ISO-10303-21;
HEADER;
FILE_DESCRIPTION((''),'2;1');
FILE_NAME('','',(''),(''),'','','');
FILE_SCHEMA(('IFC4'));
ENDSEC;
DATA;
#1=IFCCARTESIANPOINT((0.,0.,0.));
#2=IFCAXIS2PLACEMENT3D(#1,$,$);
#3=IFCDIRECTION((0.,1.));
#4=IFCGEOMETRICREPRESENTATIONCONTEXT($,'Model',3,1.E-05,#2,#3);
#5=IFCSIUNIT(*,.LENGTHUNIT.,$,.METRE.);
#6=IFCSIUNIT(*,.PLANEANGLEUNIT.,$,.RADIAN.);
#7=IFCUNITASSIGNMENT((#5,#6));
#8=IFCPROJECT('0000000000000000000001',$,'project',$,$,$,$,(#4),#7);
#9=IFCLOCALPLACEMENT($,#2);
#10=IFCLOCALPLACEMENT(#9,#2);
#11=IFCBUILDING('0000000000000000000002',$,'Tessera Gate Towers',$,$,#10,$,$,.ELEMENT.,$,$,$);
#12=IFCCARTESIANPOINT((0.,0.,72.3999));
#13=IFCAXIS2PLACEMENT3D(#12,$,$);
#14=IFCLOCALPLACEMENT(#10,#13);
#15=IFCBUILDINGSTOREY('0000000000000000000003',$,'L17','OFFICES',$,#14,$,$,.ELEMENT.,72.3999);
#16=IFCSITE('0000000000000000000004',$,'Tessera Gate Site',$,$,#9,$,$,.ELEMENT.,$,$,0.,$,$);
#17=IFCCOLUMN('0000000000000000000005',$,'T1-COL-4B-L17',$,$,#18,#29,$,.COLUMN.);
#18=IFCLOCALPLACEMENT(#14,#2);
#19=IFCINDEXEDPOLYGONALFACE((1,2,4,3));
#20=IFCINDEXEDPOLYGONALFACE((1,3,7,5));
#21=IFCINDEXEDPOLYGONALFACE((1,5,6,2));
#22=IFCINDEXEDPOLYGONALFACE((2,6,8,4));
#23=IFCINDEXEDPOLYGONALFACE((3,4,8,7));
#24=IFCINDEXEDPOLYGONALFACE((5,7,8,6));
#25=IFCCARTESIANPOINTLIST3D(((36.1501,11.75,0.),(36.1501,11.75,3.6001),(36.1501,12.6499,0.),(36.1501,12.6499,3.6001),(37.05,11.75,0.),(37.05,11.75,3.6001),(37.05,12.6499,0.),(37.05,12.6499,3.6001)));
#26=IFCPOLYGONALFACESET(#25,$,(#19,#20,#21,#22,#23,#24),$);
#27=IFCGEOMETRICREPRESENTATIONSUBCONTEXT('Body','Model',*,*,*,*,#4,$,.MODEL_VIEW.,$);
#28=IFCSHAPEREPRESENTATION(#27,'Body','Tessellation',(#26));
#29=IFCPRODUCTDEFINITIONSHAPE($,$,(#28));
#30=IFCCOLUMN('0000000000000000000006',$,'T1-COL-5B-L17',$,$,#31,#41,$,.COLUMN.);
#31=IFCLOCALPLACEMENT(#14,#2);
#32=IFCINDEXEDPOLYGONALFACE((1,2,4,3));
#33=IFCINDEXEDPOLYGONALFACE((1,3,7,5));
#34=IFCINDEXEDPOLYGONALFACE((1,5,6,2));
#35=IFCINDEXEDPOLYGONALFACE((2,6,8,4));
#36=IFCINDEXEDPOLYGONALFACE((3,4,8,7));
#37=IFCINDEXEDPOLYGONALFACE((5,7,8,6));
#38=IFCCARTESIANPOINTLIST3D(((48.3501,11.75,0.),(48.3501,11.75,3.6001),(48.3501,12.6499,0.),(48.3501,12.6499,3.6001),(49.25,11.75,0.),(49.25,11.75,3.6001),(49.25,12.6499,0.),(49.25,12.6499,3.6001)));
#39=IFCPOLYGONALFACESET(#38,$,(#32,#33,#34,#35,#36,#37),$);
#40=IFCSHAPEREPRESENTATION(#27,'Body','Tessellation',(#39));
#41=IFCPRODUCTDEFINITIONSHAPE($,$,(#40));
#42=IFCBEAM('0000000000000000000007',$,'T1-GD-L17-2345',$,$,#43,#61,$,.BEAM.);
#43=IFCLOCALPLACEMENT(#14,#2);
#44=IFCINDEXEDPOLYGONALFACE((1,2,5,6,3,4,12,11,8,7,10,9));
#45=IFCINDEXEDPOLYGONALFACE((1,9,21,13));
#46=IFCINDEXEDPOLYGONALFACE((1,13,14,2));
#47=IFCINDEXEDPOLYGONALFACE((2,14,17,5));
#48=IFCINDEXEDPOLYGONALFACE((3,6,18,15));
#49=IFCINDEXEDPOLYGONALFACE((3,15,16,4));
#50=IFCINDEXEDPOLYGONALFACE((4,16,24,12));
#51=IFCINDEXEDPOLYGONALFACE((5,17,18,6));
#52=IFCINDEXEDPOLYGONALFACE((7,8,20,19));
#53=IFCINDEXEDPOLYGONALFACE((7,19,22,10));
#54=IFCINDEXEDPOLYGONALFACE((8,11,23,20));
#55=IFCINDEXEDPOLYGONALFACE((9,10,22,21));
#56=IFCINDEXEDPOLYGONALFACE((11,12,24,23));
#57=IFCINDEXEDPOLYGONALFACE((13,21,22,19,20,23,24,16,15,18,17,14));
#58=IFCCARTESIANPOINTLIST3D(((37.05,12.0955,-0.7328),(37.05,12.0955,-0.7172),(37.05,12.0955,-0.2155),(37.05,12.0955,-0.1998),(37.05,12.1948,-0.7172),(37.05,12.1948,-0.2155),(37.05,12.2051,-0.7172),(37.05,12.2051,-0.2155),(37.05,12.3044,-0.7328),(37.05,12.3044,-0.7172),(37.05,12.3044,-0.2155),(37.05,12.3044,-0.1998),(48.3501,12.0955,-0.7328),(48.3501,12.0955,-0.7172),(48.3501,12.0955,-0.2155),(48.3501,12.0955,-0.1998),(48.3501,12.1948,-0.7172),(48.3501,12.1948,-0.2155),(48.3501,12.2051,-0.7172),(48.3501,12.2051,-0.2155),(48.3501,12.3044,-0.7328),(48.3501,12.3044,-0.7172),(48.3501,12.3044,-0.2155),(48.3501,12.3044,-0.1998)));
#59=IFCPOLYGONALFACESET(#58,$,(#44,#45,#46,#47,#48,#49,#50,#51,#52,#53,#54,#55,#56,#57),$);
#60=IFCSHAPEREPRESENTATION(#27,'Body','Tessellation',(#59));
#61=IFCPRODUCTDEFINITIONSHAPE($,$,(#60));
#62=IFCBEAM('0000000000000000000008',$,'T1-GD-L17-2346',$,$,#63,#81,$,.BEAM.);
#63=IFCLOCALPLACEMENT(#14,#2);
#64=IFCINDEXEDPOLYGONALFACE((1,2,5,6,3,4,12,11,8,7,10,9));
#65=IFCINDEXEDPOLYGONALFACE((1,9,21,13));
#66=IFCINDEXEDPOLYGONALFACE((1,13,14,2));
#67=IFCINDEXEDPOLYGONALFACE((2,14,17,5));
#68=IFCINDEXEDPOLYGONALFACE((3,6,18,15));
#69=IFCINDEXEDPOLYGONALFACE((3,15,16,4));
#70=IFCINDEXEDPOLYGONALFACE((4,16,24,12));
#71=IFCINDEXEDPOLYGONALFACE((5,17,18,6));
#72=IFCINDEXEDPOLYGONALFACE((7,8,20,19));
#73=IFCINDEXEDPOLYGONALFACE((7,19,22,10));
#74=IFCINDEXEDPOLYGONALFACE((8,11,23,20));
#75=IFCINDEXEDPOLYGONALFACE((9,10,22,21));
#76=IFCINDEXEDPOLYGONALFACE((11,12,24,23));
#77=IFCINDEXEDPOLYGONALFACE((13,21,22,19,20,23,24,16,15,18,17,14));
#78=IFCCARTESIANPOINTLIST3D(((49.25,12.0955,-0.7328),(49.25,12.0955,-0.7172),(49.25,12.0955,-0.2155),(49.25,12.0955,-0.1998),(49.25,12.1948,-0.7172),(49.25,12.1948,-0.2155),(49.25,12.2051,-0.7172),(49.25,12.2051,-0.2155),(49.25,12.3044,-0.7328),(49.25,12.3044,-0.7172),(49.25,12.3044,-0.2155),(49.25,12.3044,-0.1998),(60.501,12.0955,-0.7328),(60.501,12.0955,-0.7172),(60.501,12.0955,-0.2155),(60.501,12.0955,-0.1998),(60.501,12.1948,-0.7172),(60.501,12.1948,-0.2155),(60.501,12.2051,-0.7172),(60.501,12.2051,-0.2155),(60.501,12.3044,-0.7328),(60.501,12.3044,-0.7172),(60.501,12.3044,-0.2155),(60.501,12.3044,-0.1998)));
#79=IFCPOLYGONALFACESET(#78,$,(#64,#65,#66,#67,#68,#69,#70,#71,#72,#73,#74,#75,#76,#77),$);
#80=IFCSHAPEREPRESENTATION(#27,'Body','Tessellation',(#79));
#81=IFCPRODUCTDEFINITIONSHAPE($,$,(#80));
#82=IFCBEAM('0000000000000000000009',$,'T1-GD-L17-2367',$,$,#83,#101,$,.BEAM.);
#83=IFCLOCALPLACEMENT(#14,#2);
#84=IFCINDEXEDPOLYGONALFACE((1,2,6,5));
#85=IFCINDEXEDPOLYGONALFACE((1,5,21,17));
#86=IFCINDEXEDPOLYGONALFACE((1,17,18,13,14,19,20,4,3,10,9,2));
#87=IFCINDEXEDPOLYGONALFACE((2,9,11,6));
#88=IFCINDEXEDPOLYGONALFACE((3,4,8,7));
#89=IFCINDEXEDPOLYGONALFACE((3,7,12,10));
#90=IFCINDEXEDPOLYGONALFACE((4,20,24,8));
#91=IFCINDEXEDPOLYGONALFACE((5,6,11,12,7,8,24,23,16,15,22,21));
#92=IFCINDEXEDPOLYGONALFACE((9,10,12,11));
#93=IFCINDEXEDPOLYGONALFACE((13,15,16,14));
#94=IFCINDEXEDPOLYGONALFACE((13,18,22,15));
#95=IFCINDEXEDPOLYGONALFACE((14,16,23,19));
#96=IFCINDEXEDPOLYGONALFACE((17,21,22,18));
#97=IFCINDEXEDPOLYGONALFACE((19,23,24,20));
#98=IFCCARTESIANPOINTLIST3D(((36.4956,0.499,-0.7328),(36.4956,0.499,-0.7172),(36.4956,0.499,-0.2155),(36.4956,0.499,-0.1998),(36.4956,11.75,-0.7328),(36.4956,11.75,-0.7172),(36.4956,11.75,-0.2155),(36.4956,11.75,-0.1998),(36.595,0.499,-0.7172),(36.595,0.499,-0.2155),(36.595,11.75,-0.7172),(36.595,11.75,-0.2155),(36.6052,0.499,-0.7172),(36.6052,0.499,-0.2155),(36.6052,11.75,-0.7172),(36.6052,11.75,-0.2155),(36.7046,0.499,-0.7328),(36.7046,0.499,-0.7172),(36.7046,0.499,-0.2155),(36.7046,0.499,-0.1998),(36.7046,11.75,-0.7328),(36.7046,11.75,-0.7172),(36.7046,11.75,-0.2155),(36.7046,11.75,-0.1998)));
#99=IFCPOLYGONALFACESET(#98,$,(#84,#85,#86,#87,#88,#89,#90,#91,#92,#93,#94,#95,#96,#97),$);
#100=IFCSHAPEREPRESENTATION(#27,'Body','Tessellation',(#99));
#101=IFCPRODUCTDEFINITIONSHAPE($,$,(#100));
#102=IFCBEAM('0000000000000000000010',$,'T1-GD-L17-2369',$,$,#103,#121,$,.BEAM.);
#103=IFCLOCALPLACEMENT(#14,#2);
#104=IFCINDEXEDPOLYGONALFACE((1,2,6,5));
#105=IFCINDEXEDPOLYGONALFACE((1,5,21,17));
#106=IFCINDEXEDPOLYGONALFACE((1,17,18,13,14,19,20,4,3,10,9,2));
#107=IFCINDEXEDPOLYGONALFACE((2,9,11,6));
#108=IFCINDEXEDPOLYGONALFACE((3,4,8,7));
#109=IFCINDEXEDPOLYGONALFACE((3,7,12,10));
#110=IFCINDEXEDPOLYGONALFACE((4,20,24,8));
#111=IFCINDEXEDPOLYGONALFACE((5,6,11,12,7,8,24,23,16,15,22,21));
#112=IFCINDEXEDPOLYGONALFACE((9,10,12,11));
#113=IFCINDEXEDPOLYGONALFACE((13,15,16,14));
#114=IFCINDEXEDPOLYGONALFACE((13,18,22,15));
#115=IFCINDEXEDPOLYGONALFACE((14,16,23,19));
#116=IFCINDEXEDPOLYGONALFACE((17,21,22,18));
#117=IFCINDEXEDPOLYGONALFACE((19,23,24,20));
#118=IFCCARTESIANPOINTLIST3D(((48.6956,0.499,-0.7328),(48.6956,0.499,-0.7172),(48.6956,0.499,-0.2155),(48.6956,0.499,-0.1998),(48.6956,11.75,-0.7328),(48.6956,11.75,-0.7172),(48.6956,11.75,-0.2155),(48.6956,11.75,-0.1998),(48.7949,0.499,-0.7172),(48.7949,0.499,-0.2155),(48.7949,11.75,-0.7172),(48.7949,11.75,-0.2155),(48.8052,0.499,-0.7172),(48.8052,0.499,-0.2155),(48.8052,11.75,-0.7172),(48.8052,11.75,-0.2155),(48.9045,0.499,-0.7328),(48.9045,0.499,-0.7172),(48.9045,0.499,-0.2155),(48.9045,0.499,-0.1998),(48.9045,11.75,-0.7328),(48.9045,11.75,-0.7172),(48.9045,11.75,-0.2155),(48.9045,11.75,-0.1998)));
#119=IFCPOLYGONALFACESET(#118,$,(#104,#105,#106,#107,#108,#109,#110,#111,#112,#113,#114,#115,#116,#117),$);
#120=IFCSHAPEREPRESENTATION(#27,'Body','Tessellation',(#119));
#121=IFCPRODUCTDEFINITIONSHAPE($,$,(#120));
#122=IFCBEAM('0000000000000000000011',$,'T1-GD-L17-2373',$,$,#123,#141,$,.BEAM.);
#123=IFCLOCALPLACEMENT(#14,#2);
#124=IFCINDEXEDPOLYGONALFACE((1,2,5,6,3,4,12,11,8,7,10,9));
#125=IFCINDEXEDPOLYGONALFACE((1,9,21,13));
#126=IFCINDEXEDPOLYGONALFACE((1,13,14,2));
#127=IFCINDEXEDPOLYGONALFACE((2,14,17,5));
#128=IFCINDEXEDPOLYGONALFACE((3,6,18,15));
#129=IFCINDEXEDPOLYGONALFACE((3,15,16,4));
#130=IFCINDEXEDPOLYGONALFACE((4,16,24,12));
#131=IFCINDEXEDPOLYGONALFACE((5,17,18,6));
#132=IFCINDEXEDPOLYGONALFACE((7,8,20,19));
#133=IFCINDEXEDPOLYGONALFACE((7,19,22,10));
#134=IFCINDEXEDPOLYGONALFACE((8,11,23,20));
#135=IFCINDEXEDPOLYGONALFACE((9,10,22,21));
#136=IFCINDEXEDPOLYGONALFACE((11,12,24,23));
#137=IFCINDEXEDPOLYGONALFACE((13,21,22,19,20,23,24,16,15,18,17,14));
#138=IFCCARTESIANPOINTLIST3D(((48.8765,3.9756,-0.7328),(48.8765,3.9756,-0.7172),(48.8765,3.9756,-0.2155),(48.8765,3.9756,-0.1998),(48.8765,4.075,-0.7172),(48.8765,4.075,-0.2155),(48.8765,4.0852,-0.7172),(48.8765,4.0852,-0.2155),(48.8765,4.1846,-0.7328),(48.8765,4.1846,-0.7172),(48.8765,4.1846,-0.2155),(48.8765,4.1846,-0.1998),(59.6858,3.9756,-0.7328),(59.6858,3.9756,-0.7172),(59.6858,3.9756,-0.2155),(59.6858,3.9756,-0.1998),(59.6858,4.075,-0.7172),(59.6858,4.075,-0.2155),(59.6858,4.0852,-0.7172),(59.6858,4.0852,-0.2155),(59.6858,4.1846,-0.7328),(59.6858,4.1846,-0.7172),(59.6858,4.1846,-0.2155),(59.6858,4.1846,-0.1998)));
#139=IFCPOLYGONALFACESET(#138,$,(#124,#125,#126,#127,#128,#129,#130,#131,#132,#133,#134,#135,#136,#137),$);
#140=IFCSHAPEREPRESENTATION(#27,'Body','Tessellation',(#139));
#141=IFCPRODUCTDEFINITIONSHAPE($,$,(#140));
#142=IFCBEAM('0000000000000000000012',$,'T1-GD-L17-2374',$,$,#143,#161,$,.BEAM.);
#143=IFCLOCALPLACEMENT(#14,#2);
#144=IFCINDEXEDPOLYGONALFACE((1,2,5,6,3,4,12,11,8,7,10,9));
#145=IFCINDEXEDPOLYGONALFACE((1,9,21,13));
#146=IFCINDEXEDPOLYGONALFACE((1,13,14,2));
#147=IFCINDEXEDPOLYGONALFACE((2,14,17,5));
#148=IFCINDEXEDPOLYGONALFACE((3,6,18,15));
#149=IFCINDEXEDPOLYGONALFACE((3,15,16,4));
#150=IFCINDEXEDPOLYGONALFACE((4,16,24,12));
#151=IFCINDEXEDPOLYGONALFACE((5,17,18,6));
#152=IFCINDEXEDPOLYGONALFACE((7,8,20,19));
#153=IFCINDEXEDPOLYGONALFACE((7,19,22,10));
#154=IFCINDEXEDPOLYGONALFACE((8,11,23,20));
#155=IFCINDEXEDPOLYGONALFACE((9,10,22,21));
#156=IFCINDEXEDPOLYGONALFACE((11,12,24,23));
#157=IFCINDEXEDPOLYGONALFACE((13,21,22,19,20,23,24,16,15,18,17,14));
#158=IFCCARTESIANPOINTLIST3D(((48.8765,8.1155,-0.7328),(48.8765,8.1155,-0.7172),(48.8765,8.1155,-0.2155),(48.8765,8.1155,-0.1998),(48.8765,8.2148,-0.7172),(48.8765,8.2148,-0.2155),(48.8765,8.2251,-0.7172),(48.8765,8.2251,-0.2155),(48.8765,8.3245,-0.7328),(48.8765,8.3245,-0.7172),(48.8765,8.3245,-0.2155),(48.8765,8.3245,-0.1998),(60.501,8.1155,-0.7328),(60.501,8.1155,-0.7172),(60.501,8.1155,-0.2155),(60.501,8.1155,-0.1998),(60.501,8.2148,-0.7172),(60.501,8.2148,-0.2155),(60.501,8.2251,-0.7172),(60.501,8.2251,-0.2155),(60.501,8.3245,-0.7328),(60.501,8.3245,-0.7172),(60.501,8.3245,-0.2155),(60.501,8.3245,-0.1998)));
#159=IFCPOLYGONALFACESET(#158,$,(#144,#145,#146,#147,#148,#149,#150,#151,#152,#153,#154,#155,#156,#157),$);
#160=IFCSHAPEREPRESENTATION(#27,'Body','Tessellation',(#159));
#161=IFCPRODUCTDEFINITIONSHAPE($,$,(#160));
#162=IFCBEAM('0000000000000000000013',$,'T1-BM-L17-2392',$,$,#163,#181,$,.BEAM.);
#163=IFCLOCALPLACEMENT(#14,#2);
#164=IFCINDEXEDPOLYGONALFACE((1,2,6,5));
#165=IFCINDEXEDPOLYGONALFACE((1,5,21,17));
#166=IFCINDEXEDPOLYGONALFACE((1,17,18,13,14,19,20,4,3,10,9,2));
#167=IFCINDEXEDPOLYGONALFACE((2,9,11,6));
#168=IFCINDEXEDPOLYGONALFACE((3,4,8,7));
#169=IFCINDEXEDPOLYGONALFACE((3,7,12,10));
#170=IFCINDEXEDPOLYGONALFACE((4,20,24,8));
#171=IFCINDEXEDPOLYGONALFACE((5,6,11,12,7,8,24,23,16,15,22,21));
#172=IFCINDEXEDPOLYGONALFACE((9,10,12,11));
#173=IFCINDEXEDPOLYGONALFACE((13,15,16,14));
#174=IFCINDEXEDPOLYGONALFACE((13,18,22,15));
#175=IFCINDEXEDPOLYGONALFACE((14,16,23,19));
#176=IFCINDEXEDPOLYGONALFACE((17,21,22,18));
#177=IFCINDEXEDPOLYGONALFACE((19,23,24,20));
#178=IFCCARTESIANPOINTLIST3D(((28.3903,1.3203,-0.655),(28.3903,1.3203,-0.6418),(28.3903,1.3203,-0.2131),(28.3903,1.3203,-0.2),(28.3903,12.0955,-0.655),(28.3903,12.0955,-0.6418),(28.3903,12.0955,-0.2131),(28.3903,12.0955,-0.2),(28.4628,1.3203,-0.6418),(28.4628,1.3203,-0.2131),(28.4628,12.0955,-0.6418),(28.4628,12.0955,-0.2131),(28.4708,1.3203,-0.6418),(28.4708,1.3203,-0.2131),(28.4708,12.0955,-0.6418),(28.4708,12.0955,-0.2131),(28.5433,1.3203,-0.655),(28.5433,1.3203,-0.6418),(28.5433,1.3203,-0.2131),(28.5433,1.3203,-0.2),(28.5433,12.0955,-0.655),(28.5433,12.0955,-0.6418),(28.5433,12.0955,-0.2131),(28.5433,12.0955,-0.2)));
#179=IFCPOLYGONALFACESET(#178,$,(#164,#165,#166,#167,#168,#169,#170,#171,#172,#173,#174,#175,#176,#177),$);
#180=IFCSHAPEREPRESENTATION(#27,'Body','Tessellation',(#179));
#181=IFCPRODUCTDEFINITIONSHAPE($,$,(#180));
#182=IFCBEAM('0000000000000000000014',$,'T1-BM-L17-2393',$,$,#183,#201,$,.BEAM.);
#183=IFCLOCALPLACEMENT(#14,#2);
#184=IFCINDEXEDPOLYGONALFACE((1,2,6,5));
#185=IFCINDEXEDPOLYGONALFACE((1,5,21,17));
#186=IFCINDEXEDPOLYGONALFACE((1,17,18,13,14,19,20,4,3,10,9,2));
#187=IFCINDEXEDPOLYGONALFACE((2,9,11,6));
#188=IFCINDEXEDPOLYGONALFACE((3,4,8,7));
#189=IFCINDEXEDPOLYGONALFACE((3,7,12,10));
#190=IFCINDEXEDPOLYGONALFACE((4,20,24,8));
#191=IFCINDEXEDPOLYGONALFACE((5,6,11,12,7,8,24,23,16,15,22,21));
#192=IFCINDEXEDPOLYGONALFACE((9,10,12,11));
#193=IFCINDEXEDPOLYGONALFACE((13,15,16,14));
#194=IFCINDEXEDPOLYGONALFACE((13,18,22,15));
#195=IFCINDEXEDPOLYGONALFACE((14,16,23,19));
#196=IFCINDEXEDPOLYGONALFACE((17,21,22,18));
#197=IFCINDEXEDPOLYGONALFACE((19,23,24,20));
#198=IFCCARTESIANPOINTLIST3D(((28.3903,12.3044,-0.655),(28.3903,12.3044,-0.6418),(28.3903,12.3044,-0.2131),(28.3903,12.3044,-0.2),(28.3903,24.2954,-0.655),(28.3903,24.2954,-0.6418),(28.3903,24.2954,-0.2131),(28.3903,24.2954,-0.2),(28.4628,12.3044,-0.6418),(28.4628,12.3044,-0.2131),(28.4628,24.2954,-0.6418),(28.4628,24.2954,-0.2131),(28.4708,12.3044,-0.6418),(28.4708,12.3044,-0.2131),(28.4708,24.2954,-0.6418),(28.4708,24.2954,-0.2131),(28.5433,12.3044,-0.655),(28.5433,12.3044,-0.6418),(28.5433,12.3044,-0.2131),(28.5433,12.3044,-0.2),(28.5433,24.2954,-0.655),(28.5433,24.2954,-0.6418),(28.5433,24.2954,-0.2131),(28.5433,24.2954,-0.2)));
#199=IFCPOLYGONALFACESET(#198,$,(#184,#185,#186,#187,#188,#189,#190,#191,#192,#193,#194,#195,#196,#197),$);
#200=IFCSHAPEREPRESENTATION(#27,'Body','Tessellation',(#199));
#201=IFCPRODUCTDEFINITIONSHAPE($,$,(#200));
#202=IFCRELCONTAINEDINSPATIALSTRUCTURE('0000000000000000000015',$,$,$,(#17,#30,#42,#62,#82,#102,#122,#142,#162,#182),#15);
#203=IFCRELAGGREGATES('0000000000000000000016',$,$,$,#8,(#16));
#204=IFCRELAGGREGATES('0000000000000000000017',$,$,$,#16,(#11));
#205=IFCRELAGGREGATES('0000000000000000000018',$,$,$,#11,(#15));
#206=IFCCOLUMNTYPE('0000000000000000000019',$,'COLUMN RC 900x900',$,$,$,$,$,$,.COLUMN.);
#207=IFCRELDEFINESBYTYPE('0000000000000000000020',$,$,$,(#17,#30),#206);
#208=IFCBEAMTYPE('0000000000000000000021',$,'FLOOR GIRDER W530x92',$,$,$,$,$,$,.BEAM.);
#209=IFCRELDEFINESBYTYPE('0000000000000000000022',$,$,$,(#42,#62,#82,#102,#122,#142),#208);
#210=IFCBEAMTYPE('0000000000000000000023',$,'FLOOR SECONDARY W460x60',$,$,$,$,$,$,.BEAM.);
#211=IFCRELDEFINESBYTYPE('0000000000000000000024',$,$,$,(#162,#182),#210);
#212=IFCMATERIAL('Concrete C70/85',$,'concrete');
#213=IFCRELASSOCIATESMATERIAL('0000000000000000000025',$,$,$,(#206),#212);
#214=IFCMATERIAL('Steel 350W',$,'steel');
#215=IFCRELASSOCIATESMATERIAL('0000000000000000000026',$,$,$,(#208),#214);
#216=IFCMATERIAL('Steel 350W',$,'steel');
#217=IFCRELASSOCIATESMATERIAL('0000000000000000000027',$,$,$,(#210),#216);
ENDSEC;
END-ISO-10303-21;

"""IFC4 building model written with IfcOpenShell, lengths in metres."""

from ifc_helpers import new_model, si_unit, direction, frame, origin, origin_2d, place, context, subcontext, project, spatial, rectangle, i_section, extrude, material, material_profile, profile_set, type_object, element, save


model = new_model("IFC4")

# Units and contexts
model_context = context("Model", 3, precision=1e-05, world=origin(), true_north=direction((0.0, 1.0)))
body_context = subcontext(model_context, "Body", "Model", "MODEL_VIEW")
ifc_project = project(units=[si_unit("LENGTHUNIT", "METRE"), si_unit("PLANEANGLEUNIT", "RADIAN")], contexts=[model_context])

# Site, building, storey
site_placement = place(None, origin())
site = spatial("IfcSite", under=ifc_project, at=site_placement, Name="Tessera Gate Site", CompositionType="ELEMENT", RefElevation=0.0)
building_placement = place(site_placement, origin())
building = spatial("IfcBuilding", under=site, at=building_placement, Name="Tessera Gate Towers", CompositionType="ELEMENT")
storey_placement = place(building_placement, frame((0.0, 0.0, 72.3999)))
storey = spatial("IfcBuildingStorey", under=building, at=storey_placement, Name="L17", Description="OFFICES", CompositionType="ELEMENT", Elevation=72.3999)

# Columns
ifc_material_1 = material(Name="Concrete C70/85", Category="concrete")
ifc_material_profile_1 = material_profile(ifc_material_1, rectangle(XDim=0.8999, YDim=0.8999, at=origin_2d()), Name="RC 900x900")
ifc_profile_set_1 = profile_set([ifc_material_profile_1], Name="Concrete C70/85")
column_type = type_object("IfcColumnType", Name="COLUMN RC 900x900", PredefinedType="COLUMN", material=ifc_profile_set_1)
for number, where, z_axis, x_axis, name in (
    (1, (36.6001, 12.2, 0.0), (0.0, 0.0, 1.0), (1.0, 0.0, 0.0), "T1-COL-4B-L17"),
    (2, (48.8, 12.2, 0.0), (0.0, 0.0, 1.0), (1.0, 0.0, 0.0), "T1-COL-5B-L17"),
):
    element("IfcColumn", number, at=place(storey_placement, frame(where, z_axis=z_axis, x_axis=x_axis)), inside=storey, type_object=column_type, Name=name, PredefinedType="COLUMN", context=body_context, shape_type="SweptSolid", body=[
        extrude(rectangle(XDim=0.8999, YDim=0.8999, at=origin_2d()), origin(), (0.0, 0.0, 1.0), 3.6001),
    ])

# Beams
ifc_material_2 = material(Name="Steel 350W", Category="steel")
ifc_material_profile_2 = material_profile(ifc_material_2, i_section(OverallWidth=0.209, OverallDepth=0.533, WebThickness=0.0103, FlangeThickness=0.0156, at=origin_2d()), Name="W530x92")
ifc_profile_set_2 = profile_set([ifc_material_profile_2], Name="Steel 350W")
beam_type_1 = type_object("IfcBeamType", Name="FLOOR GIRDER W530x92", PredefinedType="BEAM", material=ifc_profile_set_2)
beam_1_placement = place(storey_placement, frame((37.05, 12.2, -0.4663), z_axis=(1.0, 0.0, 0.0), x_axis=(0.0, 1.0, 0.0)))
element("IfcBeam", 3, at=beam_1_placement, inside=storey, type_object=beam_type_1, Name="T1-GD-L17-2345", PredefinedType="BEAM", context=body_context, shape_type="SweptSolid", body=[
    extrude(i_section(OverallWidth=0.209, OverallDepth=0.533, WebThickness=0.0103, FlangeThickness=0.0156, at=origin_2d()), origin(), (0.0, 0.0, 1.0), 11.3),
])
for number, where, z_axis, x_axis, name in (
    (4, (49.25, 12.2, -0.4663), (1.0, 0.0, 0.0), (0.0, 1.0, 0.0), "T1-GD-L17-2346"),
    (5, (36.6001, 0.499, -0.4663), (0.0, 1.0, 0.0), (-1.0, 0.0, 0.0), "T1-GD-L17-2367"),
    (6, (48.8, 0.499, -0.4663), (0.0, 1.0, 0.0), (-1.0, 0.0, 0.0), "T1-GD-L17-2369"),
):
    element("IfcBeam", number, at=place(storey_placement, frame(where, z_axis=z_axis, x_axis=x_axis)), inside=storey, type_object=beam_type_1, Name=name, PredefinedType="BEAM", context=body_context, shape_type="SweptSolid", body=[
        extrude(i_section(OverallWidth=0.209, OverallDepth=0.533, WebThickness=0.0103, FlangeThickness=0.0156, at=origin_2d()), origin(), (0.0, 0.0, 1.0), 11.251),
    ])
beam_2_placement = place(storey_placement, frame((48.8765, 4.0801, -0.4663), z_axis=(1.0, 0.0, 0.0), x_axis=(0.0, 1.0, 0.0)))
element("IfcBeam", 7, at=beam_2_placement, inside=storey, type_object=beam_type_1, Name="T1-GD-L17-2373", PredefinedType="BEAM", context=body_context, shape_type="SweptSolid", body=[
    extrude(i_section(OverallWidth=0.209, OverallDepth=0.533, WebThickness=0.0103, FlangeThickness=0.0156, at=origin_2d()), origin(), (0.0, 0.0, 1.0), 10.8093),
])
beam_3_placement = place(storey_placement, frame((48.8765, 8.22, -0.4663), z_axis=(1.0, 0.0, 0.0), x_axis=(0.0, 1.0, 0.0)))
element("IfcBeam", 8, at=beam_3_placement, inside=storey, type_object=beam_type_1, Name="T1-GD-L17-2374", PredefinedType="BEAM", context=body_context, shape_type="SweptSolid", body=[
    extrude(i_section(OverallWidth=0.209, OverallDepth=0.533, WebThickness=0.0103, FlangeThickness=0.0156, at=origin_2d()), origin(), (0.0, 0.0, 1.0), 11.6245),
])
ifc_material_3 = material(Name="Steel 350W", Category="steel")
ifc_material_profile_3 = material_profile(ifc_material_3, i_section(OverallWidth=0.1531, OverallDepth=0.4551, WebThickness=0.0081, FlangeThickness=0.0132, at=origin_2d()), Name="W460x60")
ifc_profile_set_3 = profile_set([ifc_material_profile_3], Name="Steel 350W")
beam_type_2 = type_object("IfcBeamType", Name="FLOOR SECONDARY W460x60", PredefinedType="BEAM", material=ifc_profile_set_3)
beam_4_placement = place(storey_placement, frame((28.4668, 1.3203, -0.4275), z_axis=(0.0, 1.0, 0.0), x_axis=(-1.0, 0.0, 0.0)))
element("IfcBeam", 9, at=beam_4_placement, inside=storey, type_object=beam_type_2, Name="T1-BM-L17-2392", PredefinedType="BEAM", context=body_context, shape_type="SweptSolid", body=[
    extrude(i_section(OverallWidth=0.1531, OverallDepth=0.4551, WebThickness=0.0081, FlangeThickness=0.0132, at=origin_2d()), origin(), (0.0, 0.0, 1.0), 10.7751),
])
beam_5_placement = place(storey_placement, frame((28.4668, 12.3044, -0.4275), z_axis=(0.0, 1.0, 0.0), x_axis=(-1.0, 0.0, 0.0)))
element("IfcBeam", 10, at=beam_5_placement, inside=storey, type_object=beam_type_2, Name="T1-BM-L17-2393", PredefinedType="BEAM", context=body_context, shape_type="SweptSolid", body=[
    extrude(i_section(OverallWidth=0.1531, OverallDepth=0.4551, WebThickness=0.0081, FlangeThickness=0.0132, at=origin_2d()), origin(), (0.0, 0.0, 1.0), 11.991),
])

save(model, "model.ifc")
